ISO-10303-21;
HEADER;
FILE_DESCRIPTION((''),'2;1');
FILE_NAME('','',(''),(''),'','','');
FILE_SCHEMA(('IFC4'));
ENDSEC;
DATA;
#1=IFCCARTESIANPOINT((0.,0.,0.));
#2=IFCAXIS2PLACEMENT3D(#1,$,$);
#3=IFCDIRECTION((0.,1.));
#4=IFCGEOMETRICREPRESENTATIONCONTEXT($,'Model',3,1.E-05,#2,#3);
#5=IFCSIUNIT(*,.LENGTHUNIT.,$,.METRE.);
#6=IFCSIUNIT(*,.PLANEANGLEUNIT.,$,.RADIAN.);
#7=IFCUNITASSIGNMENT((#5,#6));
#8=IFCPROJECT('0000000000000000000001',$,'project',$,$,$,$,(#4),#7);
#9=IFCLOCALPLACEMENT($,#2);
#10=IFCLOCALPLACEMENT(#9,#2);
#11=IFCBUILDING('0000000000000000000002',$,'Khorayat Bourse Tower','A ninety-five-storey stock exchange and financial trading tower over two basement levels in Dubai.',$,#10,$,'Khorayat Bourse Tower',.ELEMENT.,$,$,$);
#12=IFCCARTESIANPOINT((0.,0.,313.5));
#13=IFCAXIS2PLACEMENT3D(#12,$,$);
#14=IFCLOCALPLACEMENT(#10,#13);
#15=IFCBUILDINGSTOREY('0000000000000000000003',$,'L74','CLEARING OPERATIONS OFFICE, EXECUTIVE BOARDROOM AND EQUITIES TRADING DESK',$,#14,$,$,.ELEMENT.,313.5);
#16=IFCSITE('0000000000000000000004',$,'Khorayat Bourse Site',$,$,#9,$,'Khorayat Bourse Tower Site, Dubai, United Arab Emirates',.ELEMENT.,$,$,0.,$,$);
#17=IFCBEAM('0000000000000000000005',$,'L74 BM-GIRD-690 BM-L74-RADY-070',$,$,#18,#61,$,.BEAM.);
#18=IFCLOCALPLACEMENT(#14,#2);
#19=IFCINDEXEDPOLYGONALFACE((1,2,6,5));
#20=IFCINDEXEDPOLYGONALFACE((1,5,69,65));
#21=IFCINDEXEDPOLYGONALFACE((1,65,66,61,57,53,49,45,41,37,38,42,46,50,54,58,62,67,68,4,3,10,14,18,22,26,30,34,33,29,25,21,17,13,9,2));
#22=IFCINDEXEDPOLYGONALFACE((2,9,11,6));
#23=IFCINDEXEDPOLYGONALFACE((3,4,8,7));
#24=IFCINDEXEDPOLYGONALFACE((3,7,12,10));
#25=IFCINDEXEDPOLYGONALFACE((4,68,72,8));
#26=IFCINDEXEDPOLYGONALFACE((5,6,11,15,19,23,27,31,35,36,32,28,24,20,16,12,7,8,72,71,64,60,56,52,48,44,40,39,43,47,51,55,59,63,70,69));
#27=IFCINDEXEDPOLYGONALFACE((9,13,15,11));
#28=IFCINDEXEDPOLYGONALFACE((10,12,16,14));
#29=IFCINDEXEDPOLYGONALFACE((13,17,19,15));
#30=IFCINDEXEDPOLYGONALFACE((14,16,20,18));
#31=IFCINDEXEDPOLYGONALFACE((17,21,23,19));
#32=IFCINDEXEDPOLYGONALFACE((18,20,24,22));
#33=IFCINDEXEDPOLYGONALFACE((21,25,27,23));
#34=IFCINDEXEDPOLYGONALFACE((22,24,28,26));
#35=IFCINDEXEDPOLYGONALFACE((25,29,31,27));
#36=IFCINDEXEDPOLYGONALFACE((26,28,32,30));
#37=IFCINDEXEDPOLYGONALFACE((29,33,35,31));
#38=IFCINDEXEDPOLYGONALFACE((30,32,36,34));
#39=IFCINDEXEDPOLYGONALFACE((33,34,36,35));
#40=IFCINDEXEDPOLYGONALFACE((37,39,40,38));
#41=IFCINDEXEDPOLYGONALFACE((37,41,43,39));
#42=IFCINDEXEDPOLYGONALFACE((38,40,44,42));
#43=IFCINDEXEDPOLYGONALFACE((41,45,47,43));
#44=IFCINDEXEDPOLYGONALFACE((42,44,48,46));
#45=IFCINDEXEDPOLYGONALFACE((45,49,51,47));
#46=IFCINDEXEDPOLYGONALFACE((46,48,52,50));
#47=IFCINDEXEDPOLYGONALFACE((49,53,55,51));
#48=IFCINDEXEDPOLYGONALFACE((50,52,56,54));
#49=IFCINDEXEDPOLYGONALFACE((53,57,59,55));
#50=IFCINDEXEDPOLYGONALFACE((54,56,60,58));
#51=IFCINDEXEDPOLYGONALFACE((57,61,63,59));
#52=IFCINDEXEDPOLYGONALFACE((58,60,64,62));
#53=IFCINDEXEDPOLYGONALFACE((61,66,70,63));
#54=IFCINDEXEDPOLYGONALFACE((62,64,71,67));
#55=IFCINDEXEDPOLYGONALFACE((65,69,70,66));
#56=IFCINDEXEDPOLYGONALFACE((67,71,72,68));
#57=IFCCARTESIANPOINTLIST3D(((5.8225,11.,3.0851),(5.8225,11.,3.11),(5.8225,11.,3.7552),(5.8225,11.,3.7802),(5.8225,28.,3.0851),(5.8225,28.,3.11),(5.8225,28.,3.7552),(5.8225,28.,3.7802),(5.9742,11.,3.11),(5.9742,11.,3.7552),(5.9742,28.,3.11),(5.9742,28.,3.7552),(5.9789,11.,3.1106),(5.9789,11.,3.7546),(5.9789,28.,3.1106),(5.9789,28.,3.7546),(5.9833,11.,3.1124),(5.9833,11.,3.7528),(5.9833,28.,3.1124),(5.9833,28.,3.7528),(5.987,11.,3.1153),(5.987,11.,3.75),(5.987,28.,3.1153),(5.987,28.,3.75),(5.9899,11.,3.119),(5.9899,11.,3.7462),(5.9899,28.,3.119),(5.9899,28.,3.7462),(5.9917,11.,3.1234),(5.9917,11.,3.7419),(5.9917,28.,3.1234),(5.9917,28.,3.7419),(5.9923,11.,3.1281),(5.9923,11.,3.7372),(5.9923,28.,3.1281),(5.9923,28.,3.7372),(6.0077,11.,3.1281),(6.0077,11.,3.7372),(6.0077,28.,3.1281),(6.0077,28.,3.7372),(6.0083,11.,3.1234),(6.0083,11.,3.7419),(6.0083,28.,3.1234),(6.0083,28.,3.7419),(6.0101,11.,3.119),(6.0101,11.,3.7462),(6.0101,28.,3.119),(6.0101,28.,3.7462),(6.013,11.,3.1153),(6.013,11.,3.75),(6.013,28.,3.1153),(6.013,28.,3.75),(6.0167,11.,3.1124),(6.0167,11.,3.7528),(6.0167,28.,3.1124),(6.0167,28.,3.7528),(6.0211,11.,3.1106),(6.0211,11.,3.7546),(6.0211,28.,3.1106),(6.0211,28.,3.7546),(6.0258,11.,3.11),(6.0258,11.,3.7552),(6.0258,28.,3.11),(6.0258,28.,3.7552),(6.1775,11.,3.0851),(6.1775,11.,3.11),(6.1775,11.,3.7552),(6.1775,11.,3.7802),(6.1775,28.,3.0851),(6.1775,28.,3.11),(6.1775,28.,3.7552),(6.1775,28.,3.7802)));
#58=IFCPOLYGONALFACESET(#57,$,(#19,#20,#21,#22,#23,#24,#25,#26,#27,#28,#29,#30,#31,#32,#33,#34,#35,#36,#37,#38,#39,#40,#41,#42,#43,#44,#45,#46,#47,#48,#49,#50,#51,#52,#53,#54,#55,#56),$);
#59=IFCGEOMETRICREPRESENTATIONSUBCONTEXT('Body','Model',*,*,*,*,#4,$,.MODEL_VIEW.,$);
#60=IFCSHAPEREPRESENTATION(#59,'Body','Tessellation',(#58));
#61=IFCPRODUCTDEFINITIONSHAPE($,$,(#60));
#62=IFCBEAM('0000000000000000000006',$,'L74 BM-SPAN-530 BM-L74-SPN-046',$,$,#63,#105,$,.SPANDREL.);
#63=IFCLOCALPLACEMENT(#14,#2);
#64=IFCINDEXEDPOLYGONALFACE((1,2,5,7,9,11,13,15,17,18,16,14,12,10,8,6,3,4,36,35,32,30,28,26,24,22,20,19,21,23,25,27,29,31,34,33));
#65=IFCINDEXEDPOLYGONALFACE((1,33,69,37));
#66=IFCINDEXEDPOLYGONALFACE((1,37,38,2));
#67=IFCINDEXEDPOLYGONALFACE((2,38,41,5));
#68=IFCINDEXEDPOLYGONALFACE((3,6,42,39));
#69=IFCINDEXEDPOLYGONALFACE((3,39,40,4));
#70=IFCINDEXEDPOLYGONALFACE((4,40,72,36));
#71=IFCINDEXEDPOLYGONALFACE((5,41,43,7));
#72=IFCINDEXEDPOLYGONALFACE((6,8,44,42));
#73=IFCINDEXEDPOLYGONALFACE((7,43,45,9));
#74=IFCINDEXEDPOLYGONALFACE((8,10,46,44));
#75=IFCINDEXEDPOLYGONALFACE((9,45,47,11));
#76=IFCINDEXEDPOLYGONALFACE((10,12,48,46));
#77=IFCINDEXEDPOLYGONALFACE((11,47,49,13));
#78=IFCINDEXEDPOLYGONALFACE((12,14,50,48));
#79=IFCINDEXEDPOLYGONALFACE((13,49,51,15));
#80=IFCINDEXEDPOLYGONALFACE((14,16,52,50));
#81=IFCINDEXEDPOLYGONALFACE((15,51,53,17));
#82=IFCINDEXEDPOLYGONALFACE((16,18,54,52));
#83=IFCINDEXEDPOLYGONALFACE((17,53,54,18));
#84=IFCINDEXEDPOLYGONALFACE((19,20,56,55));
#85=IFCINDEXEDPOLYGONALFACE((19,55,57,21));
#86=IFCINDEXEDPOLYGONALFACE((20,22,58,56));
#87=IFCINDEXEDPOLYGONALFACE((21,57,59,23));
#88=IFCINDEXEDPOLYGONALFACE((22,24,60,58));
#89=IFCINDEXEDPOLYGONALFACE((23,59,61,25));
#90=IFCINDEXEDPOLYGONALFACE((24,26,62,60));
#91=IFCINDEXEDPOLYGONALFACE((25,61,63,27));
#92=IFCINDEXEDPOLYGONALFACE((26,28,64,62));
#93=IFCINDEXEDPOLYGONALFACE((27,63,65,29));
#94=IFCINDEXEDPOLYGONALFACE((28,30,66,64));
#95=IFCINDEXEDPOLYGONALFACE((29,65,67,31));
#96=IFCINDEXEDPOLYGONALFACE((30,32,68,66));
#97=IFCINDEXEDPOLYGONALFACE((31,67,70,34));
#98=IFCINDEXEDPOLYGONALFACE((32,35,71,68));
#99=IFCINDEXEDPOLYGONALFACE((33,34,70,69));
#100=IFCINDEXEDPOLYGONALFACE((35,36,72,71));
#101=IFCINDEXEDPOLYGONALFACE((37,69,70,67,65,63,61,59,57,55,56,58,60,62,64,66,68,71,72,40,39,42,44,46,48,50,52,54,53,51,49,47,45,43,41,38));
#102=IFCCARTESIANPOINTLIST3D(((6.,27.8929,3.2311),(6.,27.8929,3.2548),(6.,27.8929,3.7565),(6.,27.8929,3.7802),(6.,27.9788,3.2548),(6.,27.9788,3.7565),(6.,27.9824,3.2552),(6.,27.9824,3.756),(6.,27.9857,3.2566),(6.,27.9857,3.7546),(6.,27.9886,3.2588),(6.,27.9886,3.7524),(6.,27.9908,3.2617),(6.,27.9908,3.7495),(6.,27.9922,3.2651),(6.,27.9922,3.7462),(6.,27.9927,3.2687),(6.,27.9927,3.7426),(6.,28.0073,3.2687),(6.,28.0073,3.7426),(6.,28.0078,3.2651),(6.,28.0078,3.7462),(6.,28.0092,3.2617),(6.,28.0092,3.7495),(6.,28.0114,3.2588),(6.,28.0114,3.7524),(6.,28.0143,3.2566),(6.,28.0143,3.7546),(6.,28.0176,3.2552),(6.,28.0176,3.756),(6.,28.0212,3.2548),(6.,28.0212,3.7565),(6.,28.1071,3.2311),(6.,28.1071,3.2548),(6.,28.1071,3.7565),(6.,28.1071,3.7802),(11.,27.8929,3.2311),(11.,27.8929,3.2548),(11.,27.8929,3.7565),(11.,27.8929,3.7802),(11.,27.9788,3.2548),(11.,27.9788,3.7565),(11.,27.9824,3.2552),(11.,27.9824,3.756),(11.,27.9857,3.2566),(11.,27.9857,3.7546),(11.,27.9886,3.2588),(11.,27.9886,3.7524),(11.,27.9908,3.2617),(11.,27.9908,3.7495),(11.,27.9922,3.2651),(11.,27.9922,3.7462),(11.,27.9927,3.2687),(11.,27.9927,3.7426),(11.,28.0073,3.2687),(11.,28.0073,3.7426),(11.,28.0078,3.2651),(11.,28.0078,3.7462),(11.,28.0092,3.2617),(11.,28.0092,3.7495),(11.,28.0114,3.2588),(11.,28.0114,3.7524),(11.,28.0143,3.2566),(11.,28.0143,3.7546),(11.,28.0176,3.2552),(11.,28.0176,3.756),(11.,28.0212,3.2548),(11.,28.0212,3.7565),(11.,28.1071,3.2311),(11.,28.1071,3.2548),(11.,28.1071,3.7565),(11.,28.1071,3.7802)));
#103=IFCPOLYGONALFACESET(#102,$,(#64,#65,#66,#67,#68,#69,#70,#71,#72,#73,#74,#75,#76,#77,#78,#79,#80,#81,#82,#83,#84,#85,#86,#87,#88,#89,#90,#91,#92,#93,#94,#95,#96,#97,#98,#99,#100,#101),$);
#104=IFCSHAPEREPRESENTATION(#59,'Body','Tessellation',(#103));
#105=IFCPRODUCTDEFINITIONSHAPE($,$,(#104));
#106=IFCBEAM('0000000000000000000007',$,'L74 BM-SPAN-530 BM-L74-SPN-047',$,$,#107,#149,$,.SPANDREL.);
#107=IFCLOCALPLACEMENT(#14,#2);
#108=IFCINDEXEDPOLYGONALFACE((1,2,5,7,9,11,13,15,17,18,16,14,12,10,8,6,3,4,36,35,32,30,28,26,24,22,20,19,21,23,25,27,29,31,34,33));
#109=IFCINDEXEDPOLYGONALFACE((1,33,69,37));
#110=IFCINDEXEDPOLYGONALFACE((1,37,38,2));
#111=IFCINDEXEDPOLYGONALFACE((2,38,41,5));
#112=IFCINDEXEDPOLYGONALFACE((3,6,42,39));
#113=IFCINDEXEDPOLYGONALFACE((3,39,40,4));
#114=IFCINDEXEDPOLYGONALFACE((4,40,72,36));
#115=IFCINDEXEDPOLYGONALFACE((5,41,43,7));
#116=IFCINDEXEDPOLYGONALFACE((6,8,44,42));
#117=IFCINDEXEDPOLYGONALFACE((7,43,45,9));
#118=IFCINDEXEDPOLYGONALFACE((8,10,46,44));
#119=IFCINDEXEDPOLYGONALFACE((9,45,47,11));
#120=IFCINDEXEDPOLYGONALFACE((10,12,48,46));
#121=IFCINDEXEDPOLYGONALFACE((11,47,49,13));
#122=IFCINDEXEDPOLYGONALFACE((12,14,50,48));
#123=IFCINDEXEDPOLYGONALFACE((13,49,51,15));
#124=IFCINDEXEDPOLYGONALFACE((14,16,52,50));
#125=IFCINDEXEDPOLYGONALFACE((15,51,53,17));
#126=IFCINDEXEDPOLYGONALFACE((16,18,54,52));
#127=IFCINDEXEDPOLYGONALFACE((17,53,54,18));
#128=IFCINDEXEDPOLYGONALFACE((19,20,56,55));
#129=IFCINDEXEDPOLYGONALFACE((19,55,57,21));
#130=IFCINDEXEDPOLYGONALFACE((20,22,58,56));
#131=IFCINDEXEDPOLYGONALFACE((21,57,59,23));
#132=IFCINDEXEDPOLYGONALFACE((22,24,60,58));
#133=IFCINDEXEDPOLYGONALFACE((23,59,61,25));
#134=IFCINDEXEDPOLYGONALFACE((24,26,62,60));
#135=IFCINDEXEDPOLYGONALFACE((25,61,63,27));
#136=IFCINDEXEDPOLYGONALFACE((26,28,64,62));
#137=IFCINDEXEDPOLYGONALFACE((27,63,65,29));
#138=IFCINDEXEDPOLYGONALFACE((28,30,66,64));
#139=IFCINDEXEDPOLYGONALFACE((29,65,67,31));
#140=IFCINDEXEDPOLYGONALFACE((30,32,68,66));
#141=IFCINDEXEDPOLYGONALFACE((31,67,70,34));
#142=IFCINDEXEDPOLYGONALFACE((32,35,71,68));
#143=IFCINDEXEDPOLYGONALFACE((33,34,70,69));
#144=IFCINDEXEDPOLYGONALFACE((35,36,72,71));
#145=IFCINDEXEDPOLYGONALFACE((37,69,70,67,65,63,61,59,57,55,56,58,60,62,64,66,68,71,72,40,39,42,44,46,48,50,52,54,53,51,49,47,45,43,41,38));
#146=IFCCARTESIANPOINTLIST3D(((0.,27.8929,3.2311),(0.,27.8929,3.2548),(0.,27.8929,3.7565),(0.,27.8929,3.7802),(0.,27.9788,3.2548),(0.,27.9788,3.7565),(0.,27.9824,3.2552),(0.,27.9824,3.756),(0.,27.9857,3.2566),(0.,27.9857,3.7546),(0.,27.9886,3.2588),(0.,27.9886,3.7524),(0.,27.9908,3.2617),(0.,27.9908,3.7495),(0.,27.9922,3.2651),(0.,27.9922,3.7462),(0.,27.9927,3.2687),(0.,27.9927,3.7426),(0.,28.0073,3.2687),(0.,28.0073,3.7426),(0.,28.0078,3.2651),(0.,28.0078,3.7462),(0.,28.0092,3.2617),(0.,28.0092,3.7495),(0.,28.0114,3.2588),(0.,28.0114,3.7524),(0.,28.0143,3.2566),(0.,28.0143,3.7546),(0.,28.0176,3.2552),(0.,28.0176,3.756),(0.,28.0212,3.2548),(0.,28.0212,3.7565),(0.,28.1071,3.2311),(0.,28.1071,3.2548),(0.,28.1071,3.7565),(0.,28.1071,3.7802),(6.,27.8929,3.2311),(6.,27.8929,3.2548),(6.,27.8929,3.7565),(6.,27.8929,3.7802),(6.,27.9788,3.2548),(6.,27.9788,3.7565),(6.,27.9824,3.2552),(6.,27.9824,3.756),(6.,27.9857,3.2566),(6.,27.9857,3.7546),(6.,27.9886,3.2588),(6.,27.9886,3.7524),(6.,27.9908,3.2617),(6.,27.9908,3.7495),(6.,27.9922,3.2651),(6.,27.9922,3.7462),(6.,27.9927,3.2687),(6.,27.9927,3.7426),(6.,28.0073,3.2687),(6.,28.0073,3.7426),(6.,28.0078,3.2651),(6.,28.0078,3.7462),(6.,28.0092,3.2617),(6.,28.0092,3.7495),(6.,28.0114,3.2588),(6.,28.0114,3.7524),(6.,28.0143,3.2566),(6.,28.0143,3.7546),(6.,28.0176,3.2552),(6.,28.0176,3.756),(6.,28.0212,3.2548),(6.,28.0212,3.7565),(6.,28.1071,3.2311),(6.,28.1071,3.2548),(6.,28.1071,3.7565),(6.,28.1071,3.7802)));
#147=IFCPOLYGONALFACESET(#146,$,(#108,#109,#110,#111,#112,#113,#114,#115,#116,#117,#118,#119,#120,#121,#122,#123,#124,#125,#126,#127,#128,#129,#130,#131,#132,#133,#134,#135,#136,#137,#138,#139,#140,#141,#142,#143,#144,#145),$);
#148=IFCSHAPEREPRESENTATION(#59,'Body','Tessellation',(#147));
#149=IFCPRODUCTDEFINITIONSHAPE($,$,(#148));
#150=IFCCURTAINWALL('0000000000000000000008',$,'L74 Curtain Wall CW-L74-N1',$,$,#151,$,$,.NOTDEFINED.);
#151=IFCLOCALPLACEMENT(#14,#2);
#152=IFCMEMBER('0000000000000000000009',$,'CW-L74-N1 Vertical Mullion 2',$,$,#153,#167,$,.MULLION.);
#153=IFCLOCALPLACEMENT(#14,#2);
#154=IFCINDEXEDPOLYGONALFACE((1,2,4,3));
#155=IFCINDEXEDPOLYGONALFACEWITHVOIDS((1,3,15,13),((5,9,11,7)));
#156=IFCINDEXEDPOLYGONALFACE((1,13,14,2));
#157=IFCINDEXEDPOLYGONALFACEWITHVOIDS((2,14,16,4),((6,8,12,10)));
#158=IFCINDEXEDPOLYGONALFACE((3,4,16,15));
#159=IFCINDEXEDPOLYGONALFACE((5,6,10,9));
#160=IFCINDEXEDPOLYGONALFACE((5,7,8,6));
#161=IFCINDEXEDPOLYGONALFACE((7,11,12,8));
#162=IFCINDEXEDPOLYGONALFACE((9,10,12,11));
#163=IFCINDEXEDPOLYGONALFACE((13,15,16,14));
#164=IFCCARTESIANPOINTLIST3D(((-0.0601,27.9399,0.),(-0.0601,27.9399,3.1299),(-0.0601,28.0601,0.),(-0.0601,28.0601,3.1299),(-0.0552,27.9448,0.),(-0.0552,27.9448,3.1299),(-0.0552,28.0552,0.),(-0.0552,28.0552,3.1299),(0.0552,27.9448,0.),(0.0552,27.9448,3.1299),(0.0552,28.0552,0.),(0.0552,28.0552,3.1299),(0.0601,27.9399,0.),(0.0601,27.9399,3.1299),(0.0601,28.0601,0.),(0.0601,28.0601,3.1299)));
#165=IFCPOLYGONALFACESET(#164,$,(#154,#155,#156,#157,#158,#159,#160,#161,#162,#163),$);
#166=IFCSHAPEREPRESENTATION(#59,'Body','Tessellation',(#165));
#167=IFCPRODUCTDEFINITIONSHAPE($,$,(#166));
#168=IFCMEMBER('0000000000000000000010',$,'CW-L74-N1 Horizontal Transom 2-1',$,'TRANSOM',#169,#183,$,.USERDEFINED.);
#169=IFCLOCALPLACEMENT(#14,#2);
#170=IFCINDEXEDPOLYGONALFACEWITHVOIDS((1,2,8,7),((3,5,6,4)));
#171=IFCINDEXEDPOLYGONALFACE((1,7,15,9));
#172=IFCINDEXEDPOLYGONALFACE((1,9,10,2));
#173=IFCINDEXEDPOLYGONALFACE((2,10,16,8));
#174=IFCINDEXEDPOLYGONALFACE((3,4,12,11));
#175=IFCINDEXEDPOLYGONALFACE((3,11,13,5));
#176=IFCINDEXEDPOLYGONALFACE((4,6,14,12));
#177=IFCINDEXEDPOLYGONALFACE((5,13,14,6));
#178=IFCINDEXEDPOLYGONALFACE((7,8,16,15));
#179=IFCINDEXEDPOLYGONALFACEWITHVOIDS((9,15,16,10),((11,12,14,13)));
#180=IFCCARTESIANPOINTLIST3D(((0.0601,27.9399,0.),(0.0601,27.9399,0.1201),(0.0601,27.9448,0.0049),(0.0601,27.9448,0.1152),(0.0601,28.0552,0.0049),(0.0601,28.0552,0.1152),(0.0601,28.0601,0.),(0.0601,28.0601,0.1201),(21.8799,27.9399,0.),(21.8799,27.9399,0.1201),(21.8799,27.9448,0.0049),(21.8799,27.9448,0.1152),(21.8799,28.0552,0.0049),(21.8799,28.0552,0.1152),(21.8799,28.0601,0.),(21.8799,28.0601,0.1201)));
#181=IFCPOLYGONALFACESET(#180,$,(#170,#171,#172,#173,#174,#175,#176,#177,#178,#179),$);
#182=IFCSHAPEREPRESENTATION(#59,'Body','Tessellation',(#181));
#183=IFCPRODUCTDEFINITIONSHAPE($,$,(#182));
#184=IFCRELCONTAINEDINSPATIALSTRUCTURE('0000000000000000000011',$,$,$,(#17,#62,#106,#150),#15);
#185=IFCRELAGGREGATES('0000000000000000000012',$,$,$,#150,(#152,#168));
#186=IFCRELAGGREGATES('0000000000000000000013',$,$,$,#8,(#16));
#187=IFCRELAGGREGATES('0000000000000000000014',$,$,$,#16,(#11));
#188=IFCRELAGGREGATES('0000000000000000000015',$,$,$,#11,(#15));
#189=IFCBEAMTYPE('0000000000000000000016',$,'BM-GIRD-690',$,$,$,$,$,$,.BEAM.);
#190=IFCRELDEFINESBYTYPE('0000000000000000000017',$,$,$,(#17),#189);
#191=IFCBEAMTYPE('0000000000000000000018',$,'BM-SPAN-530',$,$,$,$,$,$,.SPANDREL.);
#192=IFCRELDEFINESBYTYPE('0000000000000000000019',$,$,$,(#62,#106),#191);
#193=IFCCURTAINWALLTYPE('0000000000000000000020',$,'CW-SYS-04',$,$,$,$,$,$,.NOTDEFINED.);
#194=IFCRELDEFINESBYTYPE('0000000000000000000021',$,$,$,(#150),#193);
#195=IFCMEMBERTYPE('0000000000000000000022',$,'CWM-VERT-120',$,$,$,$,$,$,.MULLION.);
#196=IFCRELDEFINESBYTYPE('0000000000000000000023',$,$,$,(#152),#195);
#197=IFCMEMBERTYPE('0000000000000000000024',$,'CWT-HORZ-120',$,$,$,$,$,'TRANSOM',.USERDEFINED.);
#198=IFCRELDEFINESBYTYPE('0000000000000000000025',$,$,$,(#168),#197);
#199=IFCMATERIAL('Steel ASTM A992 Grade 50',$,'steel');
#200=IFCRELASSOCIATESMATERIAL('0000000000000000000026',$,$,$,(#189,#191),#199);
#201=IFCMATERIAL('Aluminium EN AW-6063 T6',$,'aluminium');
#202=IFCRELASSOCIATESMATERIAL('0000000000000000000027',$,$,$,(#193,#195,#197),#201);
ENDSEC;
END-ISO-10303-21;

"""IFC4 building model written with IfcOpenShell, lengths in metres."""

from ifc_helpers import new_model, si_unit, direction, frame, origin, origin_2d, place, context, subcontext, project, spatial, hollow_rectangle, i_section, extrude, source, transform, mapped, material, material_profile, profile_set, type_object, element, aggregate, save


model = new_model("IFC4")

# Units and contexts
model_context = context("Model", 3, precision=1e-05, world=origin(), true_north=direction((0.0, 1.0)))
body_context = subcontext(model_context, "Body", "Model", "MODEL_VIEW")
ifc_project = project(units=[si_unit("LENGTHUNIT", "METRE"), si_unit("PLANEANGLEUNIT", "RADIAN")], contexts=[model_context])

# Site, building, storey
site_placement = place(None, origin())
site = spatial("IfcSite", under=ifc_project, at=site_placement, Name="Khorayat Bourse Site", LongName="Khorayat Bourse Tower Site, Dubai, United Arab Emirates", CompositionType="ELEMENT", RefElevation=0.0)
building_placement = place(site_placement, origin())
building = spatial("IfcBuilding", under=site, at=building_placement, Name="Khorayat Bourse Tower", Description="A ninety-five-storey stock exchange and financial trading tower over two basement levels in Dubai.", LongName="Khorayat Bourse Tower", CompositionType="ELEMENT")
storey_placement = place(building_placement, frame((0.0, 0.0, 313.5)))
storey = spatial("IfcBuildingStorey", under=building, at=storey_placement, Name="L74", Description="CLEARING OPERATIONS OFFICE, EXECUTIVE BOARDROOM AND EQUITIES TRADING DESK", CompositionType="ELEMENT", Elevation=313.5)

# Beams
ifc_material_1 = material(Name="Steel ASTM A992 Grade 50", Category="steel")
ifc_material_profile_1 = material_profile(ifc_material_1, i_section(OverallWidth=0.355, OverallDepth=0.6951, WebThickness=0.0154, FlangeThickness=0.0249, FilletRadius=0.0181, at=origin_2d()), Name="W690X217")
ifc_profile_set_1 = profile_set([ifc_material_profile_1], Name="Steel ASTM A992 Grade 50")
beam_type_1 = type_object("IfcBeamType", Name="BM-GIRD-690", PredefinedType="BEAM", material=ifc_profile_set_1)
shared_shape_1 = source(origin(), body_context, "Body", "SweptSolid", [
    extrude(i_section(OverallWidth=0.355, OverallDepth=0.6951, WebThickness=0.0154, FlangeThickness=0.0249, FilletRadius=0.0181, at=origin_2d()), origin(), (0.0, 0.0, 1.0), 17.0),
])
for number, where, z_axis, x_axis, name in (
    (1, (6.0, 11.0, 3.4326), (0.0, 1.0, 0.0), (-1.0, 0.0, 0.0), "L74 BM-GIRD-690 BM-L74-RADY-070"),
):
    element("IfcBeam", number, at=place(storey_placement, frame(where, z_axis=z_axis, x_axis=x_axis)), inside=storey, type_object=beam_type_1, Name=name, PredefinedType="BEAM", context=body_context, shape_type="MappedRepresentation", body=[
        mapped(shared_shape_1, transform((0.0, 0.0, 0.0), scale=1.0)),
    ])
ifc_material_profile_2 = material_profile(ifc_material_1, i_section(OverallWidth=0.2141, OverallDepth=0.5491, WebThickness=0.0146, FlangeThickness=0.0237, FilletRadius=0.0139, at=origin_2d()), Name="W530X138")
ifc_profile_set_2 = profile_set([ifc_material_profile_2], Name="Steel ASTM A992 Grade 50")
beam_type_2 = type_object("IfcBeamType", Name="BM-SPAN-530", PredefinedType="SPANDREL", material=ifc_profile_set_2)
shared_shape_2 = source(origin(), body_context, "Body", "SweptSolid", [
    extrude(i_section(OverallWidth=0.2141, OverallDepth=0.5491, WebThickness=0.0146, FlangeThickness=0.0237, FilletRadius=0.0139, at=origin_2d()), origin(), (0.0, 0.0, 1.0), 5.0),
])
beam_1_placement = place(storey_placement, frame((6.0, 28.0, 3.5056), z_axis=(1.0, 0.0, 0.0), x_axis=(0.0, 1.0, 0.0)))
element("IfcBeam", 2, at=beam_1_placement, inside=storey, type_object=beam_type_2, Name="L74 BM-SPAN-530 BM-L74-SPN-046", PredefinedType="SPANDREL", context=body_context, shape_type="MappedRepresentation", body=[
    mapped(shared_shape_2, transform((0.0, 0.0, 0.0), scale=1.0)),
])
shared_shape_3 = source(origin(), body_context, "Body", "SweptSolid", [
    extrude(i_section(OverallWidth=0.2141, OverallDepth=0.5491, WebThickness=0.0146, FlangeThickness=0.0237, FilletRadius=0.0139, at=origin_2d()), origin(), (0.0, 0.0, 1.0), 6.0),
])
beam_2_placement = place(storey_placement, frame((0.0, 28.0, 3.5056), z_axis=(1.0, 0.0, 0.0), x_axis=(0.0, 1.0, 0.0)))
element("IfcBeam", 3, at=beam_2_placement, inside=storey, type_object=beam_type_2, Name="L74 BM-SPAN-530 BM-L74-SPN-047", PredefinedType="SPANDREL", context=body_context, shape_type="MappedRepresentation", body=[
    mapped(shared_shape_3, transform((0.0, 0.0, 0.0), scale=1.0)),
])

# Curtain wall, members
ifc_material_2 = material(Name="Aluminium EN AW-6063 T6", Category="aluminium")
curtain_wall_type = type_object("IfcCurtainWallType", Name="CW-SYS-04", PredefinedType="NOTDEFINED", material=ifc_material_2)
curtain_wall_placement = place(storey_placement, origin())
curtain_wall = element("IfcCurtainWall", 4, at=curtain_wall_placement, inside=storey, type_object=curtain_wall_type, Name="L74 Curtain Wall CW-L74-N1", PredefinedType="NOTDEFINED")
ifc_material_profile_3 = material_profile(ifc_material_2, hollow_rectangle(XDim=0.1201, YDim=0.1201, WallThickness=0.0049, at=origin_2d()), Name="ALU 120x120x5")
ifc_profile_set_3 = profile_set([ifc_material_profile_3], Name="Aluminium EN AW-6063 T6")
member_type_1 = type_object("IfcMemberType", Name="CWM-VERT-120", PredefinedType="MULLION", material=ifc_profile_set_3)
shared_shape_4 = source(origin(), body_context, "Body", "SweptSolid", [
    extrude(hollow_rectangle(XDim=0.1201, YDim=0.1201, WallThickness=0.0049, at=origin_2d()), origin(), (0.0, 0.0, 1.0), 3.1299),
])
member_1_placement = place(storey_placement, frame((0.0, 28.0, 0.0), z_axis=(0.0, 0.0, 1.0), x_axis=(0.0, 1.0, 0.0)))
member_1 = element("IfcMember", 5, at=member_1_placement, type_object=member_type_1, Name="CW-L74-N1 Vertical Mullion 2", PredefinedType="MULLION", context=body_context, shape_type="MappedRepresentation", body=[
    mapped(shared_shape_4, transform((0.0, 0.0, 0.0), scale=1.0)),
])
ifc_material_profile_4 = material_profile(ifc_material_2, hollow_rectangle(XDim=0.1201, YDim=0.1201, WallThickness=0.0049, at=origin_2d()), Name="ALU 120x120x5")
ifc_profile_set_4 = profile_set([ifc_material_profile_4], Name="Aluminium EN AW-6063 T6")
member_type_2 = type_object("IfcMemberType", Name="CWT-HORZ-120", ElementType="TRANSOM", PredefinedType="USERDEFINED", material=ifc_profile_set_4)
shared_shape_5 = source(origin(), body_context, "Body", "SweptSolid", [
    extrude(hollow_rectangle(XDim=0.1201, YDim=0.1201, WallThickness=0.0049, at=origin_2d()), origin(), (0.0, 0.0, 1.0), 21.8198),
])
member_2_placement = place(storey_placement, frame((0.0601, 28.0, 0.0601), z_axis=(1.0, 0.0, 0.0), x_axis=(0.0, 1.0, 0.0)))
member_2 = element("IfcMember", 6, at=member_2_placement, type_object=member_type_2, Name="CW-L74-N1 Horizontal Transom 2-1", ObjectType="TRANSOM", PredefinedType="USERDEFINED", context=body_context, shape_type="MappedRepresentation", body=[
    mapped(shared_shape_5, transform((0.0, 0.0, 0.0), scale=1.0)),
])

aggregate(curtain_wall, [member_1, member_2])

save(model, "model.ifc")
